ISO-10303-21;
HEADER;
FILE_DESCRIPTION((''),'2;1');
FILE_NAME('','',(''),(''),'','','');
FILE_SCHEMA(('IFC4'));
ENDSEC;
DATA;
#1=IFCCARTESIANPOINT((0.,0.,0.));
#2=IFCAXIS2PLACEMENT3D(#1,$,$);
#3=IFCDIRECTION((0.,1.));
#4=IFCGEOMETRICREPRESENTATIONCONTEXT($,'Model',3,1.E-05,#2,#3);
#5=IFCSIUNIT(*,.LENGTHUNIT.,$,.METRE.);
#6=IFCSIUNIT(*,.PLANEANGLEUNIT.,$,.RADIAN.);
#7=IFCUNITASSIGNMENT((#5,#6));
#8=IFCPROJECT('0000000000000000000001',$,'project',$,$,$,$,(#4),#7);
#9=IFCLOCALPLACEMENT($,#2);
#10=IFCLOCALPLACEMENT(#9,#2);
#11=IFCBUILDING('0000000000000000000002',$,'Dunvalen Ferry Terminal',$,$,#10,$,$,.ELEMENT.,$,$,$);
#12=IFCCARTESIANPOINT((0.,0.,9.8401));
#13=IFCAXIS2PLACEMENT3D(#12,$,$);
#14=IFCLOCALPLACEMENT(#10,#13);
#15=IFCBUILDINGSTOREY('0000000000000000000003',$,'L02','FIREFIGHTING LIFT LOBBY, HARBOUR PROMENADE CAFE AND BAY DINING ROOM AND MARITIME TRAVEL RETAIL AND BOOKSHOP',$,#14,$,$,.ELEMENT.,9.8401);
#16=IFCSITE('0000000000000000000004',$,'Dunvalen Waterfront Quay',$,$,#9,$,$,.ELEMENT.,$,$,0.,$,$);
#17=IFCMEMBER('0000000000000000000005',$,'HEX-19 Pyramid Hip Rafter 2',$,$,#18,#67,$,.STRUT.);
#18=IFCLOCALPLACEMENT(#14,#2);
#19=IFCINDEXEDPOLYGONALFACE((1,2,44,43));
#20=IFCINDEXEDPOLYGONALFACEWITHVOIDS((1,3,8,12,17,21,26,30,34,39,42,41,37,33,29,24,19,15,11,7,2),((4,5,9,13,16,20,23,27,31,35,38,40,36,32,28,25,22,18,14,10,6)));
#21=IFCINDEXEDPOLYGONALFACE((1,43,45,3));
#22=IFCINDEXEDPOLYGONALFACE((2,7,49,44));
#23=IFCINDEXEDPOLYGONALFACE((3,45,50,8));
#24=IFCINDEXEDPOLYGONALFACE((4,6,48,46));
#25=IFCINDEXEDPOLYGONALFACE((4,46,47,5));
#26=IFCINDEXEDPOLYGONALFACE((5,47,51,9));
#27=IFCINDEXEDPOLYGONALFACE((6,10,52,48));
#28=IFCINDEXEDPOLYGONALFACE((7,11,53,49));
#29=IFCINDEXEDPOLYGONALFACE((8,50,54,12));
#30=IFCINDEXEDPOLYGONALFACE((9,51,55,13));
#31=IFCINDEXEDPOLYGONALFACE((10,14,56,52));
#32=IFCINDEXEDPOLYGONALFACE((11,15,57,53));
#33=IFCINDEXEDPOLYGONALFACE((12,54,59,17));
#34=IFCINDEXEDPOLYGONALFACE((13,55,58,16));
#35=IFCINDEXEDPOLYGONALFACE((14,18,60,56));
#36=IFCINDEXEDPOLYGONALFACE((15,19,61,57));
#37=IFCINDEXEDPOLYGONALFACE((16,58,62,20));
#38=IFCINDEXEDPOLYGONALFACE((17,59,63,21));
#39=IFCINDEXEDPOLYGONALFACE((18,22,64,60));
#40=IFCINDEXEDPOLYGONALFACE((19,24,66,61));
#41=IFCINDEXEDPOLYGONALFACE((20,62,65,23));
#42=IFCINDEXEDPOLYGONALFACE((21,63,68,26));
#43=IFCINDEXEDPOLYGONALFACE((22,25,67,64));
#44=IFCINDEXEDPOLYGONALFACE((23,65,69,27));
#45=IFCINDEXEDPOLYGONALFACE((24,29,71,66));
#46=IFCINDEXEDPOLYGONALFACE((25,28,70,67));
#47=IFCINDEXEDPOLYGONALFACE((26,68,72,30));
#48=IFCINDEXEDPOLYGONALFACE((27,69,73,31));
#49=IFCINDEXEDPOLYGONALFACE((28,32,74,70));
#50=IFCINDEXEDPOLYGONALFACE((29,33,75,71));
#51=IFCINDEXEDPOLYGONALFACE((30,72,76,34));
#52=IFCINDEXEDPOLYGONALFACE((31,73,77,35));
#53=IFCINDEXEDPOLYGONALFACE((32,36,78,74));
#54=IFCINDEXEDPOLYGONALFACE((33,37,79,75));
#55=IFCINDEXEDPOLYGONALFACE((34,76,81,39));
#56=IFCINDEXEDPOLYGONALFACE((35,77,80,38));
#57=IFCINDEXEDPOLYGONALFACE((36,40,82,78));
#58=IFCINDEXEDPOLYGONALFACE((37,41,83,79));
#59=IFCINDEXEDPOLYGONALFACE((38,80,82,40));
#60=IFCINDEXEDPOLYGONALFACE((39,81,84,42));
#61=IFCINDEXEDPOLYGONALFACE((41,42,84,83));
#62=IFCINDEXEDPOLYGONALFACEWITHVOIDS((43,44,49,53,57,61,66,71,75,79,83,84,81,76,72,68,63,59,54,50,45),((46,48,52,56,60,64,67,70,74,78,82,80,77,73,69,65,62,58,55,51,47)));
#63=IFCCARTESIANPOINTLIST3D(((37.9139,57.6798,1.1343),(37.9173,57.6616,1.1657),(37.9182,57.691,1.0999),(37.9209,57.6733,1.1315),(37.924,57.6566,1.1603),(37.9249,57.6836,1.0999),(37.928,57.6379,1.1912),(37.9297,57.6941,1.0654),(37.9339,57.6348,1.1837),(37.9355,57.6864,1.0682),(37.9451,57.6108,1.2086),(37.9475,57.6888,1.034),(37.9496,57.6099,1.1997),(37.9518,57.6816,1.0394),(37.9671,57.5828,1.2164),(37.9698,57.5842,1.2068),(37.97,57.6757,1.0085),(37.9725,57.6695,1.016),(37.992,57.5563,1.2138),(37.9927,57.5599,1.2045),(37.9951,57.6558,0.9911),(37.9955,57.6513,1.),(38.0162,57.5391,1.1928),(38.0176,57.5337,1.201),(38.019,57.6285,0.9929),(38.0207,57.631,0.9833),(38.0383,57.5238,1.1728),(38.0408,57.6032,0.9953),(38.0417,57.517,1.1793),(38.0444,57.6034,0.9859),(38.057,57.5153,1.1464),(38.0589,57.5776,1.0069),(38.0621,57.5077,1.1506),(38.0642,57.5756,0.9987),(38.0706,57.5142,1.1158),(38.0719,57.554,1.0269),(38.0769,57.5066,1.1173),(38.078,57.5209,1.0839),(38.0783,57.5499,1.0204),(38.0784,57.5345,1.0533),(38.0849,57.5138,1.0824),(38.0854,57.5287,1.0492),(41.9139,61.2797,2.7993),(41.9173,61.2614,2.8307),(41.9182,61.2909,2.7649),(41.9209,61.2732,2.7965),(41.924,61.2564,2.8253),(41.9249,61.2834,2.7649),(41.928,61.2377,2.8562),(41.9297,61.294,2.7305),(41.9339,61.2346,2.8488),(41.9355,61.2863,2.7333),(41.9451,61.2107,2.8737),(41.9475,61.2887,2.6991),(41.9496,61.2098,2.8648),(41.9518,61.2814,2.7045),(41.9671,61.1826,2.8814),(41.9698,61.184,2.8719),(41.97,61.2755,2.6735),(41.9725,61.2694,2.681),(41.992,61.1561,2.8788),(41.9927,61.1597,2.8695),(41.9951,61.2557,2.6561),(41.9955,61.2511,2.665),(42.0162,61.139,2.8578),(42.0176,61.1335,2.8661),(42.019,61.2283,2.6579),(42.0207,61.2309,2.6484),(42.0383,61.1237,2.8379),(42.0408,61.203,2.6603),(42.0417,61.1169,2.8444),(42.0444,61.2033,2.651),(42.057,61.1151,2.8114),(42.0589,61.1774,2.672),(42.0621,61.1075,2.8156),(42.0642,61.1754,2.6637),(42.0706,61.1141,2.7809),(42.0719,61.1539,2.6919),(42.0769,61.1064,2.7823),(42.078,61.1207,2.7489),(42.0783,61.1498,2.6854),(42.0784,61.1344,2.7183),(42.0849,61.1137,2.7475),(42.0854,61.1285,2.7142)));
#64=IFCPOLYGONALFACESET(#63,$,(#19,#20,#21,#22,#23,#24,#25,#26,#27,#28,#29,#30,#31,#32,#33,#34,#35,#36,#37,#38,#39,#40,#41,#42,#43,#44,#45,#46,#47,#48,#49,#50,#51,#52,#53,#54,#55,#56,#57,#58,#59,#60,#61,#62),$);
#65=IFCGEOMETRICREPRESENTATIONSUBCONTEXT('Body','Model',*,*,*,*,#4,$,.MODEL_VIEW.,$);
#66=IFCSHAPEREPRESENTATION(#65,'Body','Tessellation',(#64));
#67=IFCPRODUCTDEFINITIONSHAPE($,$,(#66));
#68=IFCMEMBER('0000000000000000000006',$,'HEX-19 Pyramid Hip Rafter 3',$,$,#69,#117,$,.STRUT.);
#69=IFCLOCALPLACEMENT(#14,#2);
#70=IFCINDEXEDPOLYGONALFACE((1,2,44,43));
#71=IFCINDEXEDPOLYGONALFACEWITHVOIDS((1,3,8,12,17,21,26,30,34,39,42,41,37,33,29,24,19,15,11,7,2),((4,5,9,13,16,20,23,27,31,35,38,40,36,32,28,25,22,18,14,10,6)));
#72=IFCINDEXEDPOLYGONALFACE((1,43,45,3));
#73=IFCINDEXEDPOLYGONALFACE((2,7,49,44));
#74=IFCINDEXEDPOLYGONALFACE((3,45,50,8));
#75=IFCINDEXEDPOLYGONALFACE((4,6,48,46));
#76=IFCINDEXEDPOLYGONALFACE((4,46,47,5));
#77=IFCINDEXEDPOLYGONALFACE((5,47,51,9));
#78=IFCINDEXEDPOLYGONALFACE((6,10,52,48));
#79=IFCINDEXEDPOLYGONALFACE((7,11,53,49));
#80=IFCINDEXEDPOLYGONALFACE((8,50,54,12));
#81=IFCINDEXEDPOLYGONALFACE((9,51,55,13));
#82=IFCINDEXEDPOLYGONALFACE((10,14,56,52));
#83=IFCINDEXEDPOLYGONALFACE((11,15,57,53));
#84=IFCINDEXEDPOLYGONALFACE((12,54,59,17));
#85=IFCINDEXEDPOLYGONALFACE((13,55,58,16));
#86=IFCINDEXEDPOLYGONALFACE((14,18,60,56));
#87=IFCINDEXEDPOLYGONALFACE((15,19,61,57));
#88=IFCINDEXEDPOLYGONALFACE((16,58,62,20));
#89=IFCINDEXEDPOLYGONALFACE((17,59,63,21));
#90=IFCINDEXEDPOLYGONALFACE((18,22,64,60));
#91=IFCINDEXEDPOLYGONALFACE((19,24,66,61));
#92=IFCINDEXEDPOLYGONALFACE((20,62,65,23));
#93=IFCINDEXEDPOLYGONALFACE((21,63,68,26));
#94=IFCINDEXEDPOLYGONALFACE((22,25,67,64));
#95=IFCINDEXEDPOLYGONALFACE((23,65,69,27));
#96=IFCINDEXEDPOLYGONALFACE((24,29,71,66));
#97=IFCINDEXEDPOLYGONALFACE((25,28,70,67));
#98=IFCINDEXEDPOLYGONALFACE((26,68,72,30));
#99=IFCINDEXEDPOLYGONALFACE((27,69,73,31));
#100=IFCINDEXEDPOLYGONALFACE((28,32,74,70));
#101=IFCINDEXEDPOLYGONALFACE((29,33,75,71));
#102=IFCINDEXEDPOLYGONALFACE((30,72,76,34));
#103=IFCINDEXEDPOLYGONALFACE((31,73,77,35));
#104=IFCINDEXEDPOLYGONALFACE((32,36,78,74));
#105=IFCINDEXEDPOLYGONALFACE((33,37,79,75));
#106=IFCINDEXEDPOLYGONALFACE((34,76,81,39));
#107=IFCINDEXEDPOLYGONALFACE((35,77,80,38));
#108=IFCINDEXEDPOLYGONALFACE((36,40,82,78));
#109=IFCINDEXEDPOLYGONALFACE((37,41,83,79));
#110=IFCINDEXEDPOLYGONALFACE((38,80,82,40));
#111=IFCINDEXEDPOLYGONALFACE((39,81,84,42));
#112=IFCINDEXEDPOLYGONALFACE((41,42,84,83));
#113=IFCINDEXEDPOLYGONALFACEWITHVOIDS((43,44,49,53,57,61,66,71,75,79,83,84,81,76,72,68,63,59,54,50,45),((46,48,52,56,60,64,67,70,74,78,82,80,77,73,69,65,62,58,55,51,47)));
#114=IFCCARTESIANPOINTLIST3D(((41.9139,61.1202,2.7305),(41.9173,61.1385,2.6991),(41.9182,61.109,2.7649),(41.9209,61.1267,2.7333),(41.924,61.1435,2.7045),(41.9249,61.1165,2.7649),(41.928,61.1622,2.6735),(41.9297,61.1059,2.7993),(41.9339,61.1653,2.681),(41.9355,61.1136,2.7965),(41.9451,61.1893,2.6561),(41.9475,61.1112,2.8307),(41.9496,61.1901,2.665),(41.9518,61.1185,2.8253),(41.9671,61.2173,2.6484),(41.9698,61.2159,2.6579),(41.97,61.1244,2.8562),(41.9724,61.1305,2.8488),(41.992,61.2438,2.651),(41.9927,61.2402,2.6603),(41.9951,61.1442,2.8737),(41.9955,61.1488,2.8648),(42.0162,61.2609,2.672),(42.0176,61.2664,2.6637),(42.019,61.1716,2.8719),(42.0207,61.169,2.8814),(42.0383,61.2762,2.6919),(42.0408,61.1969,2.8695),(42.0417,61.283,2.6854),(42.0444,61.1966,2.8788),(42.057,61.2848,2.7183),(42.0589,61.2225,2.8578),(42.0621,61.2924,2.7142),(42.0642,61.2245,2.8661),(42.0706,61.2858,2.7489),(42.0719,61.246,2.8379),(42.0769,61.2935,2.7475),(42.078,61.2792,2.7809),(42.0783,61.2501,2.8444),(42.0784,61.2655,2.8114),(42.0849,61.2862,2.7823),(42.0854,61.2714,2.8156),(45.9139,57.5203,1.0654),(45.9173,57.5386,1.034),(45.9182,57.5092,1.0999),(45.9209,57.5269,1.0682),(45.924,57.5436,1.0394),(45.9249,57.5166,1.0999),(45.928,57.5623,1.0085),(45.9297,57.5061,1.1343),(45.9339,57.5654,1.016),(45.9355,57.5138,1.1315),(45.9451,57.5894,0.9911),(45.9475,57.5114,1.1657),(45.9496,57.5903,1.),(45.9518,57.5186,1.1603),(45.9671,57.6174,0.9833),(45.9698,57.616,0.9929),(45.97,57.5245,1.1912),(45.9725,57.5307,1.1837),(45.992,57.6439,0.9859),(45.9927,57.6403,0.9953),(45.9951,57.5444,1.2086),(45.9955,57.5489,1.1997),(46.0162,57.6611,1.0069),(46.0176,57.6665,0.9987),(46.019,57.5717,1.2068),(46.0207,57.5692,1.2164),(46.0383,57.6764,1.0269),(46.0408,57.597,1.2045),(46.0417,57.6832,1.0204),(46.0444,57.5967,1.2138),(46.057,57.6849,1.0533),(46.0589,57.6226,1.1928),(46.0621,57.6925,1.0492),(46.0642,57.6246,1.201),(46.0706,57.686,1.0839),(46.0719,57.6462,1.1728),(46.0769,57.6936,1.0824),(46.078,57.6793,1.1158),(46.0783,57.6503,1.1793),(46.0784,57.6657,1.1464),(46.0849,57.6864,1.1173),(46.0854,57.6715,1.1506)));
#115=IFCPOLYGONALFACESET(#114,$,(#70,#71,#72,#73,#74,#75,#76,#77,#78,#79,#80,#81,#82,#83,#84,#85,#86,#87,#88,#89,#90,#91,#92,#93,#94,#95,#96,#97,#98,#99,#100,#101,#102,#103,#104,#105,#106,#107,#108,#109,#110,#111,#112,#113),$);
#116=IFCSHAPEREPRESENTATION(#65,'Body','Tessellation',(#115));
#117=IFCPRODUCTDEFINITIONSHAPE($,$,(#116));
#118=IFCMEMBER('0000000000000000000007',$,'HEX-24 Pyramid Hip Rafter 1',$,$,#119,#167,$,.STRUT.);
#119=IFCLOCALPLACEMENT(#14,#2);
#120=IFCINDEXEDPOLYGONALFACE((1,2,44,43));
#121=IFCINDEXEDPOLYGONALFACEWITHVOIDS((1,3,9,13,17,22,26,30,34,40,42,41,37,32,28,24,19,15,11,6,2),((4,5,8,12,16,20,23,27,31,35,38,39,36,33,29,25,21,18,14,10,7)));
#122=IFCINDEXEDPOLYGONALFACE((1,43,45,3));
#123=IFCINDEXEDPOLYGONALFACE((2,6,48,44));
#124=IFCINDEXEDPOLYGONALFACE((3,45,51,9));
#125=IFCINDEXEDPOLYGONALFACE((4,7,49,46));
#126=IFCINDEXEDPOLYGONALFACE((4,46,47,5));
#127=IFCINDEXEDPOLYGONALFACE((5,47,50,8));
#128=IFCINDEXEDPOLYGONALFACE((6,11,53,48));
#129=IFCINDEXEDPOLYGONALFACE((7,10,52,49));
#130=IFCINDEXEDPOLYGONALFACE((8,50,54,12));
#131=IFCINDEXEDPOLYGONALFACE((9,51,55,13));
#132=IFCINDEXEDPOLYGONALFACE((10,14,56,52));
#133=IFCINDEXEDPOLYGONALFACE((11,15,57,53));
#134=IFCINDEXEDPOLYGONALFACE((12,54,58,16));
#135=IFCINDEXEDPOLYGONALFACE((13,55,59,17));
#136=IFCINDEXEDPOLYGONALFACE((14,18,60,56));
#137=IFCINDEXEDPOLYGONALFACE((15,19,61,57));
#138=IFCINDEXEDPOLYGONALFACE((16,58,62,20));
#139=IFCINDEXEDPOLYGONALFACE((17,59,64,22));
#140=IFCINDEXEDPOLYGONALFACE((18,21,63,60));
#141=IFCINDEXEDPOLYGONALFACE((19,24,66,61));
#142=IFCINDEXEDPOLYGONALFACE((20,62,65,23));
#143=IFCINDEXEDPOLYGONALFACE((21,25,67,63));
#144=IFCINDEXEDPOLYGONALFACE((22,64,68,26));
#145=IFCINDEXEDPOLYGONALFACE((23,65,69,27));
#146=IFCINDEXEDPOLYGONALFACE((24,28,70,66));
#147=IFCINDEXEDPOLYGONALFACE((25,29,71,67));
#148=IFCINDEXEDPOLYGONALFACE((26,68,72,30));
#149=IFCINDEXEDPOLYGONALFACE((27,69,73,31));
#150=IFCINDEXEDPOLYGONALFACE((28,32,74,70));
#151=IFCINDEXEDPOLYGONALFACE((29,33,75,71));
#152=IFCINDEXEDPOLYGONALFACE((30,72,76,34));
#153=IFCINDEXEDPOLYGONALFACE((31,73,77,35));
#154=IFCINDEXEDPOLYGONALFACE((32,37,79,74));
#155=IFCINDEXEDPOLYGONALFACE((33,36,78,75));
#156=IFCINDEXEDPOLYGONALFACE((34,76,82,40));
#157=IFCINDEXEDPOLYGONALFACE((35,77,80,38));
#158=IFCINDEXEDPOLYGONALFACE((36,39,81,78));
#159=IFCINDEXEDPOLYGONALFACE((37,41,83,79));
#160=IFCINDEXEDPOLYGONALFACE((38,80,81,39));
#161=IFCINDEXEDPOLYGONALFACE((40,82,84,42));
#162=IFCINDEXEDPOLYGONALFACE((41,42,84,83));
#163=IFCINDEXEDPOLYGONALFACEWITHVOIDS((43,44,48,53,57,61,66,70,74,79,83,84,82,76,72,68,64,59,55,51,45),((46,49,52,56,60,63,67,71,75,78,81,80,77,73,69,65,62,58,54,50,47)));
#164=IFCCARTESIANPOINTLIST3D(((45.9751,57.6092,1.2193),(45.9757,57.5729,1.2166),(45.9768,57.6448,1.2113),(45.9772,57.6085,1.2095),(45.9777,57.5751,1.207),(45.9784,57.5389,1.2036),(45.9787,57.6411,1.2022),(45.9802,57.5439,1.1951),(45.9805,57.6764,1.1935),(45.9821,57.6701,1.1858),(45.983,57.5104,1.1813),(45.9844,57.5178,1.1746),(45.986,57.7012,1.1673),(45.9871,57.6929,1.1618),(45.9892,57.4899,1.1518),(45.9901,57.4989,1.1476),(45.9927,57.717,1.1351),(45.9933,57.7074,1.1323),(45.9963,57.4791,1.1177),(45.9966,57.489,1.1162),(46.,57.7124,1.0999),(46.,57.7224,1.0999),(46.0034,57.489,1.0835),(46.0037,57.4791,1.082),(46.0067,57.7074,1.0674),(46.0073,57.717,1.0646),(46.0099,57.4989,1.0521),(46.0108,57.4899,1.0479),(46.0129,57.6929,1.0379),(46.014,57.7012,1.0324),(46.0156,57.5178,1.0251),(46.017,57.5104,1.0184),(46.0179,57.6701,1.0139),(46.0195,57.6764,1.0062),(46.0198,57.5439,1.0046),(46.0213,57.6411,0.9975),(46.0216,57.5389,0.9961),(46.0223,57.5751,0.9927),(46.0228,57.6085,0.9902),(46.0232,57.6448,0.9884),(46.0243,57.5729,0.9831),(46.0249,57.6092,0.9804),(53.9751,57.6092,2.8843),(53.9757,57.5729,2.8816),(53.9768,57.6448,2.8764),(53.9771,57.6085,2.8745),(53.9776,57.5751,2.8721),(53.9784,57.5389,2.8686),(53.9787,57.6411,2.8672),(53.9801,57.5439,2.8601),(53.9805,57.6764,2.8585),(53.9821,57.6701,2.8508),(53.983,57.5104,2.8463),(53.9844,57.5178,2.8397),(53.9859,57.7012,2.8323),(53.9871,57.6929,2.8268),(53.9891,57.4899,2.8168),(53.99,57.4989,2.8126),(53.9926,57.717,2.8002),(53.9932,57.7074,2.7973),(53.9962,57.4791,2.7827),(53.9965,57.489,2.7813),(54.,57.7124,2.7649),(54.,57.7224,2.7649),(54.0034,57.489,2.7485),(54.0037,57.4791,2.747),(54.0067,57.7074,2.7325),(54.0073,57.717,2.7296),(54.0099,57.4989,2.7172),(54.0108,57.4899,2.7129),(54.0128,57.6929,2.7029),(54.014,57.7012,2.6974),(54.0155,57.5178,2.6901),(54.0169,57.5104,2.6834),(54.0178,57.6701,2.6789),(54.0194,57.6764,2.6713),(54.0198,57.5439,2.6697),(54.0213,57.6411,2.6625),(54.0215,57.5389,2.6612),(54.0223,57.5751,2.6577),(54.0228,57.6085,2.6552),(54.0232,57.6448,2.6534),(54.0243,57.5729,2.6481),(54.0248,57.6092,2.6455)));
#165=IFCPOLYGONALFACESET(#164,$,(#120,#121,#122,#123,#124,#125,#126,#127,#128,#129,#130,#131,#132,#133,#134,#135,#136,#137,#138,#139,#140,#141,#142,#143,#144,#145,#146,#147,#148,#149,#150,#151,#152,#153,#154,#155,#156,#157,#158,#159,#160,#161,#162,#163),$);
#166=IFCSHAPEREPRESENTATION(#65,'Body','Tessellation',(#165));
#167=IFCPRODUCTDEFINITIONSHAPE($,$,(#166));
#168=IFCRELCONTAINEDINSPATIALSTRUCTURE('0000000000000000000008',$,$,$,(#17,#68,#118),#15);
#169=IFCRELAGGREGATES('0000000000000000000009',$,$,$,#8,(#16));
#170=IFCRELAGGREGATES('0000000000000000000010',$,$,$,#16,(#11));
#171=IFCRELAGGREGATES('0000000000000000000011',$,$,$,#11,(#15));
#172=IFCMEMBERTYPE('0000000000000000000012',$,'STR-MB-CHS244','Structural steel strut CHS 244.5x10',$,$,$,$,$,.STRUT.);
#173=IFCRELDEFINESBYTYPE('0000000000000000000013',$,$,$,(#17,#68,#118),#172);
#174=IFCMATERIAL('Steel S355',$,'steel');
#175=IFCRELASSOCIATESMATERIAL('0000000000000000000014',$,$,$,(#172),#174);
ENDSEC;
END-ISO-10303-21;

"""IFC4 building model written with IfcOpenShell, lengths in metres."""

from ifc_helpers import new_model, si_unit, direction, frame, origin, origin_2d, place, context, subcontext, project, spatial, hollow_circle, extrude, material, material_profile, profile_set, type_object, element, save


model = new_model("IFC4")

# Units and contexts
model_context = context("Model", 3, precision=1e-05, world=origin(), true_north=direction((0.0, 1.0)))
body_context = subcontext(model_context, "Body", "Model", "MODEL_VIEW")
ifc_project = project(units=[si_unit("LENGTHUNIT", "METRE"), si_unit("PLANEANGLEUNIT", "RADIAN")], contexts=[model_context])

# Site, building, storey
site_placement = place(None, origin())
site = spatial("IfcSite", under=ifc_project, at=site_placement, Name="Dunvalen Waterfront Quay", CompositionType="ELEMENT", RefElevation=0.0)
building_placement = place(site_placement, origin())
building = spatial("IfcBuilding", under=site, at=building_placement, Name="Dunvalen Ferry Terminal", CompositionType="ELEMENT")
storey_placement = place(building_placement, frame((0.0, 0.0, 9.8401)))
storey = spatial("IfcBuildingStorey", under=building, at=storey_placement, Name="L02", Description="FIREFIGHTING LIFT LOBBY, HARBOUR PROMENADE CAFE AND BAY DINING ROOM AND MARITIME TRAVEL RETAIL AND BOOKSHOP", CompositionType="ELEMENT", Elevation=9.8401)

# Shared definitions
ifc_material_1 = material(Name="Steel S355", Category="steel")

# Members
ifc_material_profile_1 = material_profile(ifc_material_1, hollow_circle(Radius=0.1223, WallThickness=0.01, at=origin_2d()), Name="Steel S355")
ifc_profile_set_1 = profile_set([ifc_material_profile_1], Name="Steel S355")
member_type_1 = type_object("IfcMemberType", Name="STR-MB-CHS244", Description="Structural steel strut CHS 244.5x10", PredefinedType="STRUT", material=ifc_profile_set_1)
for number, where, z_axis, x_axis, name in (
    (1, (38.0, 57.6001, 1.0999), (0.710094, 0.639059, 0.295584), (-0.66895, 0.743308, 0.0), "HEX-19 Pyramid Hip Rafter 2"),
    (2, (46.0, 57.6001, 1.0999), (-0.710094, 0.639059, 0.295584), (-0.66895, -0.743308, 0.0), "HEX-19 Pyramid Hip Rafter 3"),
):
    element("IfcMember", number, at=place(storey_placement, frame(where, z_axis=z_axis, x_axis=x_axis)), inside=storey, type_object=member_type_1, Name=name, PredefinedType="STRUT", context=body_context, shape_type="SweptSolid", body=[
        extrude(hollow_circle(Radius=0.1223, WallThickness=0.01, at=origin_2d()), origin(), (0.0, 0.0, 1.0), 5.6331),
    ])
member_1_placement = place(storey_placement, frame((46.0, 57.6001, 1.0999), z_axis=(0.97902, 0.0, 0.203763), x_axis=(0.0, 1.0, 0.0)))
element("IfcMember", 3, at=member_1_placement, inside=storey, type_object=member_type_1, Name="HEX-24 Pyramid Hip Rafter 1", PredefinedType="STRUT", context=body_context, shape_type="SweptSolid", body=[
    extrude(hollow_circle(Radius=0.1223, WallThickness=0.01, at=origin_2d()), origin(), (0.0, 0.0, 1.0), 8.1714),
])

save(model, "model.ifc")
